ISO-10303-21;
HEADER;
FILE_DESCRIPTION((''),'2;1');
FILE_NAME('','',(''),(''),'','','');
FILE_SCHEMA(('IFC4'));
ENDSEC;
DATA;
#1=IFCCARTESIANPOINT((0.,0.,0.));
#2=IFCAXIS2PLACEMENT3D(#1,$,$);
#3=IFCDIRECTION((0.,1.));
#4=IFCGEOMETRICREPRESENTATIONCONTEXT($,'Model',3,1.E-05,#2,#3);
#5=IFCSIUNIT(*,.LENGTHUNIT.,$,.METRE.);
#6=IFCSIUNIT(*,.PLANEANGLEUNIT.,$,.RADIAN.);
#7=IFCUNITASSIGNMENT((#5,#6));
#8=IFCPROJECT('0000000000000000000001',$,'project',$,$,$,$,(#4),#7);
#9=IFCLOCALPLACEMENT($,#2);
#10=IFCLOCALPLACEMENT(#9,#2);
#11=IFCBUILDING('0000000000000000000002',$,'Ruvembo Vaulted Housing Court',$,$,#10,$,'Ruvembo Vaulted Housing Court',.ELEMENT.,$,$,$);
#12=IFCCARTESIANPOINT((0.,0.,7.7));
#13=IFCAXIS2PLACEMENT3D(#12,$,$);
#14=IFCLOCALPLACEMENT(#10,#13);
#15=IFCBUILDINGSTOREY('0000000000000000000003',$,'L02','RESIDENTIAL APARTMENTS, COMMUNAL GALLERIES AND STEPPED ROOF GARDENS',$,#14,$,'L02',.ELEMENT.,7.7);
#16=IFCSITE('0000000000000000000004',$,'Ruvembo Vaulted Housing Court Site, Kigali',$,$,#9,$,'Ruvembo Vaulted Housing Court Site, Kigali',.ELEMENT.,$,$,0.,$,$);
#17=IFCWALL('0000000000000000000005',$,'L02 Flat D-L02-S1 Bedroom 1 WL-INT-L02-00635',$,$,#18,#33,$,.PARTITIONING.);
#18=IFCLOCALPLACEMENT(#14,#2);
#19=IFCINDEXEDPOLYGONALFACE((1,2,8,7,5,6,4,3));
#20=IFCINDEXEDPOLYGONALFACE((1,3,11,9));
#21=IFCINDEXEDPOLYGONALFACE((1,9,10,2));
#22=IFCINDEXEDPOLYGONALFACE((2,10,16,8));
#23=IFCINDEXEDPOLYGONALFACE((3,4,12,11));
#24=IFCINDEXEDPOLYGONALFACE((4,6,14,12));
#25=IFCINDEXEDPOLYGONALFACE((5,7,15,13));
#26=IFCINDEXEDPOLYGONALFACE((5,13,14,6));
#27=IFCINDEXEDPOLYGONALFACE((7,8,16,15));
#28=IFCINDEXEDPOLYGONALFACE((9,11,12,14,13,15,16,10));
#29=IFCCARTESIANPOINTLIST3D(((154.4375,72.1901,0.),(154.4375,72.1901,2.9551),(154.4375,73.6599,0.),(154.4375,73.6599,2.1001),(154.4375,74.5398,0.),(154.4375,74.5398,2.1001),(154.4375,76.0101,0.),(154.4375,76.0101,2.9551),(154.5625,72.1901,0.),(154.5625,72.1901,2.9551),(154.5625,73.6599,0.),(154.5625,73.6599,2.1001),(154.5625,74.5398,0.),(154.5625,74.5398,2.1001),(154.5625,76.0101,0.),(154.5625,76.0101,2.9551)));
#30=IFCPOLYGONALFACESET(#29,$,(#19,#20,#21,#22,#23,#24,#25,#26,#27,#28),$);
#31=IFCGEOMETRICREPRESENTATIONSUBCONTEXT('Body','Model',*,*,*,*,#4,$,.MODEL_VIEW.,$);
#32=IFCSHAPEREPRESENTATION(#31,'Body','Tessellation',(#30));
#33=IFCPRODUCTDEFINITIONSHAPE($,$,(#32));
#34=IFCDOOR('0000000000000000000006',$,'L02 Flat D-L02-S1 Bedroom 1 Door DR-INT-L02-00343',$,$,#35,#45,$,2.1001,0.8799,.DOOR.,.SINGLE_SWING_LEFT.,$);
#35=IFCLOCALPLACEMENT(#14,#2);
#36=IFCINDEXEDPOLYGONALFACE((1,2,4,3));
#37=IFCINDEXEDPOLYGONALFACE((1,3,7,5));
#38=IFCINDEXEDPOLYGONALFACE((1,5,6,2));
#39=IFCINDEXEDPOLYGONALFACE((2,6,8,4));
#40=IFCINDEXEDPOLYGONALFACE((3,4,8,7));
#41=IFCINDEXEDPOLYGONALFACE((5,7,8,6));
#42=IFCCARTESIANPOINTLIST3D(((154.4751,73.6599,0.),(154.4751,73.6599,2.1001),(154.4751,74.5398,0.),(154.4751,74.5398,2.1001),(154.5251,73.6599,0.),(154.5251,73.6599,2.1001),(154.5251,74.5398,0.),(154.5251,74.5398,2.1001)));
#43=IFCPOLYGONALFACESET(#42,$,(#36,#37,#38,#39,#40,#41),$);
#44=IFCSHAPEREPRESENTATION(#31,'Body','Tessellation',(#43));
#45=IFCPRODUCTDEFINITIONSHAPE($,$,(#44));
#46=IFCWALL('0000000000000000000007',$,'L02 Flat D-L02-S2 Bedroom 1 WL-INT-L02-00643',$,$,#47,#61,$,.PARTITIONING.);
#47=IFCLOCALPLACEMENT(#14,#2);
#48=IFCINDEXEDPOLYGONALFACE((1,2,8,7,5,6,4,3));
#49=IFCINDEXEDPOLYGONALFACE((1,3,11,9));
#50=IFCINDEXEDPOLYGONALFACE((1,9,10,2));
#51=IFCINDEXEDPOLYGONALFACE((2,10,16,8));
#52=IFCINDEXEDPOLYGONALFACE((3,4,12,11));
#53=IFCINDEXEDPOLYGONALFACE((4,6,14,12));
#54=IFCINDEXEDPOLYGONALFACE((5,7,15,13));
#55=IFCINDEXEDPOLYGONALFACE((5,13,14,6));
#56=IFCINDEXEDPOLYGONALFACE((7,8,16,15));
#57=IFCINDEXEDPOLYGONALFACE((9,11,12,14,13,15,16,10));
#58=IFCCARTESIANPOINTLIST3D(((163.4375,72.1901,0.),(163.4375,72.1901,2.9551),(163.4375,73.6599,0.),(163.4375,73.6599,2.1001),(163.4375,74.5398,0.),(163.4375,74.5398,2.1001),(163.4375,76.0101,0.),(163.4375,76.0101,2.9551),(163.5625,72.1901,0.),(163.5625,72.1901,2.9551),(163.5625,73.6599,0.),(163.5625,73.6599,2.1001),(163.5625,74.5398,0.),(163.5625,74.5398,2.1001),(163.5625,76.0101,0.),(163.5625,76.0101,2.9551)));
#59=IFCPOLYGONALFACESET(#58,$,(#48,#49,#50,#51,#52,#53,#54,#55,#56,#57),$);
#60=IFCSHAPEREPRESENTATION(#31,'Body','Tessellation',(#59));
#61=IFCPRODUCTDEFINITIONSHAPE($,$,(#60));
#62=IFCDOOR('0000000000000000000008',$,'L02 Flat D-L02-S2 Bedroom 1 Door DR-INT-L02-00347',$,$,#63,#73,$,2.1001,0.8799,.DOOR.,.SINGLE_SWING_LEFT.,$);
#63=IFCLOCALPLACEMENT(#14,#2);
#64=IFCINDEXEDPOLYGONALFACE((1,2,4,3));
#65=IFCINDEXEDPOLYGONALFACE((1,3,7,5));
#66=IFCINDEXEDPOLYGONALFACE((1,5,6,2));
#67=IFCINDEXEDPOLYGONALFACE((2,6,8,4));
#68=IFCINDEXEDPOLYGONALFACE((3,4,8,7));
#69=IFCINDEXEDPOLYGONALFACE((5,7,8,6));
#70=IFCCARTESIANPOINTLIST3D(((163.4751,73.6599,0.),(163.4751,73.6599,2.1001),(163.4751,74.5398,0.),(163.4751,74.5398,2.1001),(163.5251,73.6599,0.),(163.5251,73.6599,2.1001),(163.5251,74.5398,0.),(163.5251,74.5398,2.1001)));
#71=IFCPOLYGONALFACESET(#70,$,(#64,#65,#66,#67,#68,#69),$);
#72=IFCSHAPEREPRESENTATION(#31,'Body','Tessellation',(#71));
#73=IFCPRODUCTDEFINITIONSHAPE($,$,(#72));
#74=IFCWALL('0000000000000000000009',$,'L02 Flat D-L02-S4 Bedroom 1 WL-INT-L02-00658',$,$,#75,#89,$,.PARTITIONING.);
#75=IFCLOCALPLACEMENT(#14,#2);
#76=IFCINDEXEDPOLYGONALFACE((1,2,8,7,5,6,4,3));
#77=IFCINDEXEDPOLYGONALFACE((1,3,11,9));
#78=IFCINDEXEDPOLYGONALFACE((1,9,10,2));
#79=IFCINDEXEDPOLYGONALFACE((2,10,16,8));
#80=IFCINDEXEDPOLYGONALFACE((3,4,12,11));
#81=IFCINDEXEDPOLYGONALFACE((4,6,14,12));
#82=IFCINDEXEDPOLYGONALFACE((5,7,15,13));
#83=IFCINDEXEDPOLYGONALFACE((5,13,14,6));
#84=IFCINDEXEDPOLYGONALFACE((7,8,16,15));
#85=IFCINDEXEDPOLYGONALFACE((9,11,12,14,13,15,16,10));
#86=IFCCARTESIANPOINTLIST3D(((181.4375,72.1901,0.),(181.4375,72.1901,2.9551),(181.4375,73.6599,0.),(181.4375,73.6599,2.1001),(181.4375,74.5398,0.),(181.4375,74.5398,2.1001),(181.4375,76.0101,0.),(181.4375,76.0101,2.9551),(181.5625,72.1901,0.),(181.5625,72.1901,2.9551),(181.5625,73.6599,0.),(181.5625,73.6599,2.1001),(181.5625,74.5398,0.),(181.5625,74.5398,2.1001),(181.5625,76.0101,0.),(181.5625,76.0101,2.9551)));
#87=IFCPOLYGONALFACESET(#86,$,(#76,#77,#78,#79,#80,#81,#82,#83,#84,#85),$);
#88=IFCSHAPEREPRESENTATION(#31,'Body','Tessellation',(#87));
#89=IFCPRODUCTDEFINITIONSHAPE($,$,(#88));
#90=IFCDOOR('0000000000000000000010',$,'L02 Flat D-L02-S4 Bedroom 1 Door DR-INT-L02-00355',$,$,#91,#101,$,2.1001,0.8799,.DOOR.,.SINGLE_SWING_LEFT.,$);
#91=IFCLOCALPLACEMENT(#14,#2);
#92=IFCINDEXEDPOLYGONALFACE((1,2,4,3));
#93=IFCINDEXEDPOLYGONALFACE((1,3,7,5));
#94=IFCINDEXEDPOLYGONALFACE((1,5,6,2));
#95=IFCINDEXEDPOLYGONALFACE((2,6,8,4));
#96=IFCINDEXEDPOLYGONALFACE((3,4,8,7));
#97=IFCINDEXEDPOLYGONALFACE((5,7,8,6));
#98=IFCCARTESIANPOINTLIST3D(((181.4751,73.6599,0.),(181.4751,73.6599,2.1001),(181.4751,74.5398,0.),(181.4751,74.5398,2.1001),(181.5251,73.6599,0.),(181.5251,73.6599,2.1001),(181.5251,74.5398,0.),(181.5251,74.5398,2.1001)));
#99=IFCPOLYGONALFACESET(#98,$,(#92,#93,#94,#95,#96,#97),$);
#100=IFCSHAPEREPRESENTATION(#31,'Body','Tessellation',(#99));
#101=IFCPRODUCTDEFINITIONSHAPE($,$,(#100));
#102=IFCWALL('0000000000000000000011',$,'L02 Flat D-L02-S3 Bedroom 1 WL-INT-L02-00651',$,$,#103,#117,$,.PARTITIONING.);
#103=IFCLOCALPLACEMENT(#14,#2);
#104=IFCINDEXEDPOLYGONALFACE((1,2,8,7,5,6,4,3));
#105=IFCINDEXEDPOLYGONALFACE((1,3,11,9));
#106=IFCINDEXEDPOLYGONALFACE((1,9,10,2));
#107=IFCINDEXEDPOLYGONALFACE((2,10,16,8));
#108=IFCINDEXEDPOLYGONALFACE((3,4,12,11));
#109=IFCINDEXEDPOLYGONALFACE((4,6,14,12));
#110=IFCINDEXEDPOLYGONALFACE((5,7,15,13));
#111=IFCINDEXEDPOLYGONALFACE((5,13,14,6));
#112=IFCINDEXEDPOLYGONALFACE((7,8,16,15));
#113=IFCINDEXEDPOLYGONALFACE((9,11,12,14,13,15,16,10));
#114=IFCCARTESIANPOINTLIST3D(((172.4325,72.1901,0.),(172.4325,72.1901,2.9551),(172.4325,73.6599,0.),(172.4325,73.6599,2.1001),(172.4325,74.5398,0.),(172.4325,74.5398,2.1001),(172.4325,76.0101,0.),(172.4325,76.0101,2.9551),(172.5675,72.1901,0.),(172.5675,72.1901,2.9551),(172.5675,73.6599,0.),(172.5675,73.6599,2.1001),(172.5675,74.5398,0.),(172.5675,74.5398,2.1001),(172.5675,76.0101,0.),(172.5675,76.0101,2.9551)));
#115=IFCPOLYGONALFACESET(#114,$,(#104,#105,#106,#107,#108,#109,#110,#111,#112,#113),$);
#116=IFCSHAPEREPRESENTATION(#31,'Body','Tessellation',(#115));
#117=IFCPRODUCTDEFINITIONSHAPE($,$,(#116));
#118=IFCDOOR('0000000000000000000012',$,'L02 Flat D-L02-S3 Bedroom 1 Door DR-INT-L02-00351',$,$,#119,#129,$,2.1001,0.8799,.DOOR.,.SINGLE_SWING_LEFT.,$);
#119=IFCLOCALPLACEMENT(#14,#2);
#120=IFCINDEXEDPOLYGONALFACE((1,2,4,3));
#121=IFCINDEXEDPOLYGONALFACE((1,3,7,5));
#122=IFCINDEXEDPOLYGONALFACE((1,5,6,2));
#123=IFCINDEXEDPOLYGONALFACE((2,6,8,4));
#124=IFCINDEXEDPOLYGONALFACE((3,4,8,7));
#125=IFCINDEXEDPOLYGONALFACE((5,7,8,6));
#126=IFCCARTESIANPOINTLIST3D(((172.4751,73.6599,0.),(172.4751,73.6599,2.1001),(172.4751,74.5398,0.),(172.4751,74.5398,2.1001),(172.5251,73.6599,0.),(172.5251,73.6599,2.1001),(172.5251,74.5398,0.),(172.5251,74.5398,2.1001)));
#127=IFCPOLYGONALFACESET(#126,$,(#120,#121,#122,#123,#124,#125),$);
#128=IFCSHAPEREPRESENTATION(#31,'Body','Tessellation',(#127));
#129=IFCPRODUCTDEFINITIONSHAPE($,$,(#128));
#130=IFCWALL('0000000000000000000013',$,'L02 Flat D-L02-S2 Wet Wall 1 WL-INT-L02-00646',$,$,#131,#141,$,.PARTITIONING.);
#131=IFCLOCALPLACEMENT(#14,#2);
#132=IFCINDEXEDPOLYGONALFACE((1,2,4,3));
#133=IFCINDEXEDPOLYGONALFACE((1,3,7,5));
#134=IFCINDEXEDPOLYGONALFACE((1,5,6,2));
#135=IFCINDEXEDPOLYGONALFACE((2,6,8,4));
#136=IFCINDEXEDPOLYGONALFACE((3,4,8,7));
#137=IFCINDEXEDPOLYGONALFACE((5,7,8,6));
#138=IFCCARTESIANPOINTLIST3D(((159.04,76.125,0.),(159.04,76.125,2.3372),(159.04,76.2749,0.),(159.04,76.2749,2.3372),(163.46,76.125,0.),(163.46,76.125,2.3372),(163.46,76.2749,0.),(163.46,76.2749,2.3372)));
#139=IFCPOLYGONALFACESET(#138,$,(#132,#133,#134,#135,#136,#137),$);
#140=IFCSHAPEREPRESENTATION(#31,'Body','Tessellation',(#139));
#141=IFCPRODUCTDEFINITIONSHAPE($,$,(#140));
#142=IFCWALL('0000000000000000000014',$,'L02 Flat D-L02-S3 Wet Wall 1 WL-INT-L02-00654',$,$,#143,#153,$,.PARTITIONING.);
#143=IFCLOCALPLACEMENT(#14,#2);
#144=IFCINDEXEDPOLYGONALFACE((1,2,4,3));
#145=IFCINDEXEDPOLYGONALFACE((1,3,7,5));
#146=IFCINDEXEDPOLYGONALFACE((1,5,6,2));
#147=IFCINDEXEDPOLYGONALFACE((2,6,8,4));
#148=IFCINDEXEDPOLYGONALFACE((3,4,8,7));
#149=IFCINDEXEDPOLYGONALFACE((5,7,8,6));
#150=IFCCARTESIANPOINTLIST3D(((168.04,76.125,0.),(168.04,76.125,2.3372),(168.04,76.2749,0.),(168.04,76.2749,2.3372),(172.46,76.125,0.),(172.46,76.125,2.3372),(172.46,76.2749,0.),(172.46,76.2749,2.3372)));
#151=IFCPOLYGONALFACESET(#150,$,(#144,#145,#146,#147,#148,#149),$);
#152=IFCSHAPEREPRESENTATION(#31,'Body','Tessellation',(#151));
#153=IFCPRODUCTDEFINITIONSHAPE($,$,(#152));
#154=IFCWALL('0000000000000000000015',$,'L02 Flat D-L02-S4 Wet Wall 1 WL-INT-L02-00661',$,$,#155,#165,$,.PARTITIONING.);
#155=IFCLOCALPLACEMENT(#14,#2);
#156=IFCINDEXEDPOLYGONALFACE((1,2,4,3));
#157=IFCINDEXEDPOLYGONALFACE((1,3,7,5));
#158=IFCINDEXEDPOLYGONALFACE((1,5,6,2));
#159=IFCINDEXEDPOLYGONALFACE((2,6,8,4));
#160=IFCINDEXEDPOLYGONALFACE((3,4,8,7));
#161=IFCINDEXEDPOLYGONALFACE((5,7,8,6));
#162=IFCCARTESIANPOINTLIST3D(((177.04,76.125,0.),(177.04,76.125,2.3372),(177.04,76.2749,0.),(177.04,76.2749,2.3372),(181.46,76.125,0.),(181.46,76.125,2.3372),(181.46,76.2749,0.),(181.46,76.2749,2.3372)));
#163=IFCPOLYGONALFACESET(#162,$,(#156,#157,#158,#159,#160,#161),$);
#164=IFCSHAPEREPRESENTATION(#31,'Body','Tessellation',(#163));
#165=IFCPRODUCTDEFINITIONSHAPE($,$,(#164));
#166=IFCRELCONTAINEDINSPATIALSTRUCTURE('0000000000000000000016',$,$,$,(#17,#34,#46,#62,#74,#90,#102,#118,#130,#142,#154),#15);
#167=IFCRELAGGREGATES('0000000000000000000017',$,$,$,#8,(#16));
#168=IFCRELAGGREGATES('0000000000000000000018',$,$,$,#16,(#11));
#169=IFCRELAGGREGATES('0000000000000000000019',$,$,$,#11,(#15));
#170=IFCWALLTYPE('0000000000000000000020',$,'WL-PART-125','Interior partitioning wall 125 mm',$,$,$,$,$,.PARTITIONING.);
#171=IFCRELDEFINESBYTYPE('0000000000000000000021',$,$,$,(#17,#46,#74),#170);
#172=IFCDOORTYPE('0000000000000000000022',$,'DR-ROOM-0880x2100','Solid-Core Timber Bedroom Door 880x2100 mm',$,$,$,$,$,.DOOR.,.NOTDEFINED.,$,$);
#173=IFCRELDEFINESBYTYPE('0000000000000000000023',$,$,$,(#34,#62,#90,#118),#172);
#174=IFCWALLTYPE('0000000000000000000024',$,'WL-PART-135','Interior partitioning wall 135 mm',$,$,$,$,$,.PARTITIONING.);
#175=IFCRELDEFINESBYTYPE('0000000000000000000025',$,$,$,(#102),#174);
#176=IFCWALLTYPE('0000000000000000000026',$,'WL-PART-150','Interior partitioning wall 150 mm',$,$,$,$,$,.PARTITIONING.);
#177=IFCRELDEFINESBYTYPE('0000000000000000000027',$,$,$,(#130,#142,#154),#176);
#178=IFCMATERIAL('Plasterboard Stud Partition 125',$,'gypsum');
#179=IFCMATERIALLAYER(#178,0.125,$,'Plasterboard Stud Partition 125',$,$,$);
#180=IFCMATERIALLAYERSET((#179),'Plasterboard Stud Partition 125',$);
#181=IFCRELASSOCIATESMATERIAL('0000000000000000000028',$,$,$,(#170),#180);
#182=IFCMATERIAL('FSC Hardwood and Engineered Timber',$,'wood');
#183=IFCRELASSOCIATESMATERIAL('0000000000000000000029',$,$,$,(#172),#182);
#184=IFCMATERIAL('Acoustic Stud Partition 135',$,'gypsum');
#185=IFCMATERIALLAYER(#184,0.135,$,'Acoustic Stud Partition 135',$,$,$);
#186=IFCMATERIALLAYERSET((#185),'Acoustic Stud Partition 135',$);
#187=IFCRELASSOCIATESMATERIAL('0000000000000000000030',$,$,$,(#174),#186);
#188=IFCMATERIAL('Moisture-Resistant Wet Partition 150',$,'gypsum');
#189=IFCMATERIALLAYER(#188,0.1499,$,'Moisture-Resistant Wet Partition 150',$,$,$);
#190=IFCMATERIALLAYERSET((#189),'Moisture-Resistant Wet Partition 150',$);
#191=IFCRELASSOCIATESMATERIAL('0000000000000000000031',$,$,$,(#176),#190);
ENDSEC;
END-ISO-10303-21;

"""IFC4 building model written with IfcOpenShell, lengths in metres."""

from ifc_helpers import new_model, si_unit, direction, frame, frame_2d, origin, place, context, subcontext, project, spatial, rectangle, extrude, material, layer, layer_set, type_object, element, fill, save


model = new_model("IFC4")

# Units and contexts
model_context = context("Model", 3, precision=1e-05, world=origin(), true_north=direction((0.0, 1.0)))
body_context = subcontext(model_context, "Body", "Model", "MODEL_VIEW")
ifc_project = project(units=[si_unit("LENGTHUNIT", "METRE"), si_unit("PLANEANGLEUNIT", "RADIAN")], contexts=[model_context])

# Site, building, storey
site_placement = place(None, origin())
site = spatial("IfcSite", under=ifc_project, at=site_placement, Name="Ruvembo Vaulted Housing Court Site, Kigali", LongName="Ruvembo Vaulted Housing Court Site, Kigali", CompositionType="ELEMENT", RefElevation=0.0)
building_placement = place(site_placement, origin())
building = spatial("IfcBuilding", under=site, at=building_placement, Name="Ruvembo Vaulted Housing Court", LongName="Ruvembo Vaulted Housing Court", CompositionType="ELEMENT")
storey_placement = place(building_placement, frame((0.0, 0.0, 7.7)))
storey = spatial("IfcBuildingStorey", under=building, at=storey_placement, Name="L02", Description="RESIDENTIAL APARTMENTS, COMMUNAL GALLERIES AND STEPPED ROOF GARDENS", LongName="L02", CompositionType="ELEMENT", Elevation=7.7)

# Walls, openings, doors
ifc_material_1 = material(Name="Plasterboard Stud Partition 125", Category="gypsum")
ifc_layer_1 = layer(ifc_material_1, 0.125, Name="Plasterboard Stud Partition 125")
ifc_layer_set_1 = layer_set([ifc_layer_1], Name="Plasterboard Stud Partition 125")
wall_type_1 = type_object("IfcWallType", Name="WL-PART-125", Description="Interior partitioning wall 125 mm", PredefinedType="PARTITIONING", material=ifc_layer_set_1)
wall_1_placement = place(storey_placement, frame((154.5, 72.1899, 0.0), z_axis=(0.0, 0.0, 1.0), x_axis=(0.0, 1.0, 0.0)))
wall_1 = element("IfcWall", 1, at=wall_1_placement, inside=storey, type_object=wall_type_1, Name="L02 Flat D-L02-S1 Bedroom 1 WL-INT-L02-00635", PredefinedType="PARTITIONING", context=body_context, shape_type="SweptSolid", body=[
    extrude(rectangle(XDim=3.8201, YDim=0.125, at=frame_2d((1.9102, 0.0))), origin(), (0.0, 0.0, 1.0), 2.9551),
])
opening_1_placement = place(wall_1_placement, frame((1.47, 0.0, 0.0)))
opening_1 = element("IfcOpeningElement", 2, at=opening_1_placement, cuts=wall_1, PredefinedType="OPENING", context=body_context, shape_type="SweptSolid", body=[
    extrude(rectangle(XDim=0.8799, YDim=2.1001, at=frame_2d((0.4399, 1.05))), frame((0.0, 0.0725, 0.0), z_axis=(0.0, -1.0, 0.0), x_axis=(1.0, 0.0, 0.0)), (0.0, 0.0, 1.0), 0.145),
])
ifc_material_2 = material(Name="FSC Hardwood and Engineered Timber", Category="wood")
door_type_1 = type_object("IfcDoorType", Name="DR-ROOM-0880x2100", Description="Solid-Core Timber Bedroom Door 880x2100 mm", OperationType="NOTDEFINED", PredefinedType="DOOR", material=ifc_material_2)
door_1_placement = place(opening_1_placement, origin())
door_1 = element("IfcDoor", 3, at=door_1_placement, inside=storey, type_object=door_type_1, Name="L02 Flat D-L02-S1 Bedroom 1 Door DR-INT-L02-00343", OperationType="SINGLE_SWING_LEFT", OverallHeight=2.1001, OverallWidth=0.8799, PredefinedType="DOOR", context=body_context, shape_type="SweptSolid", body=[
    extrude(rectangle(XDim=0.8799, YDim=2.1001, at=frame_2d((0.4399, 1.05))), frame((0.0, 0.0249, 0.0), z_axis=(0.0, -1.0, 0.0), x_axis=(1.0, 0.0, 0.0)), (0.0, 0.0, 1.0), 0.05),
])
fill(opening_1, door_1)
wall_2_placement = place(storey_placement, frame((163.5, 72.1899, 0.0), z_axis=(0.0, 0.0, 1.0), x_axis=(0.0, 1.0, 0.0)))
wall_2 = element("IfcWall", 4, at=wall_2_placement, inside=storey, type_object=wall_type_1, Name="L02 Flat D-L02-S2 Bedroom 1 WL-INT-L02-00643", PredefinedType="PARTITIONING", context=body_context, shape_type="SweptSolid", body=[
    extrude(rectangle(XDim=3.8201, YDim=0.125, at=frame_2d((1.9102, 0.0))), origin(), (0.0, 0.0, 1.0), 2.9551),
])
opening_2_placement = place(wall_2_placement, frame((1.47, 0.0, 0.0)))
opening_2 = element("IfcOpeningElement", 5, at=opening_2_placement, cuts=wall_2, PredefinedType="OPENING", context=body_context, shape_type="SweptSolid", body=[
    extrude(rectangle(XDim=0.8799, YDim=2.1001, at=frame_2d((0.4399, 1.05))), frame((0.0, 0.0725, 0.0), z_axis=(0.0, -1.0, 0.0), x_axis=(1.0, 0.0, 0.0)), (0.0, 0.0, 1.0), 0.145),
])
door_2_placement = place(opening_2_placement, origin())
door_2 = element("IfcDoor", 6, at=door_2_placement, inside=storey, type_object=door_type_1, Name="L02 Flat D-L02-S2 Bedroom 1 Door DR-INT-L02-00347", OperationType="SINGLE_SWING_LEFT", OverallHeight=2.1001, OverallWidth=0.8799, PredefinedType="DOOR", context=body_context, shape_type="SweptSolid", body=[
    extrude(rectangle(XDim=0.8799, YDim=2.1001, at=frame_2d((0.4399, 1.05))), frame((0.0, 0.0249, 0.0), z_axis=(0.0, -1.0, 0.0), x_axis=(1.0, 0.0, 0.0)), (0.0, 0.0, 1.0), 0.05),
])
fill(opening_2, door_2)
wall_3_placement = place(storey_placement, frame((181.5, 72.1899, 0.0), z_axis=(0.0, 0.0, 1.0), x_axis=(0.0, 1.0, 0.0)))
wall_3 = element("IfcWall", 7, at=wall_3_placement, inside=storey, type_object=wall_type_1, Name="L02 Flat D-L02-S4 Bedroom 1 WL-INT-L02-00658", PredefinedType="PARTITIONING", context=body_context, shape_type="SweptSolid", body=[
    extrude(rectangle(XDim=3.8201, YDim=0.125, at=frame_2d((1.9102, 0.0))), origin(), (0.0, 0.0, 1.0), 2.9551),
])
opening_3_placement = place(wall_3_placement, frame((1.47, 0.0, 0.0)))
opening_3 = element("IfcOpeningElement", 8, at=opening_3_placement, cuts=wall_3, PredefinedType="OPENING", context=body_context, shape_type="SweptSolid", body=[
    extrude(rectangle(XDim=0.8799, YDim=2.1001, at=frame_2d((0.4399, 1.05))), frame((0.0, 0.0725, 0.0), z_axis=(0.0, -1.0, 0.0), x_axis=(1.0, 0.0, 0.0)), (0.0, 0.0, 1.0), 0.145),
])
door_3_placement = place(opening_3_placement, origin())
door_3 = element("IfcDoor", 9, at=door_3_placement, inside=storey, type_object=door_type_1, Name="L02 Flat D-L02-S4 Bedroom 1 Door DR-INT-L02-00355", OperationType="SINGLE_SWING_LEFT", OverallHeight=2.1001, OverallWidth=0.8799, PredefinedType="DOOR", context=body_context, shape_type="SweptSolid", body=[
    extrude(rectangle(XDim=0.8799, YDim=2.1001, at=frame_2d((0.4399, 1.05))), frame((0.0, 0.0249, 0.0), z_axis=(0.0, -1.0, 0.0), x_axis=(1.0, 0.0, 0.0)), (0.0, 0.0, 1.0), 0.05),
])
fill(opening_3, door_3)
ifc_material_3 = material(Name="Acoustic Stud Partition 135", Category="gypsum")
ifc_layer_2 = layer(ifc_material_3, 0.135, Name="Acoustic Stud Partition 135")
ifc_layer_set_2 = layer_set([ifc_layer_2], Name="Acoustic Stud Partition 135")
wall_type_2 = type_object("IfcWallType", Name="WL-PART-135", Description="Interior partitioning wall 135 mm", PredefinedType="PARTITIONING", material=ifc_layer_set_2)
wall_4_placement = place(storey_placement, frame((172.5, 72.1899, 0.0), z_axis=(0.0, 0.0, 1.0), x_axis=(0.0, 1.0, 0.0)))
wall_4 = element("IfcWall", 10, at=wall_4_placement, inside=storey, type_object=wall_type_2, Name="L02 Flat D-L02-S3 Bedroom 1 WL-INT-L02-00651", PredefinedType="PARTITIONING", context=body_context, shape_type="SweptSolid", body=[
    extrude(rectangle(XDim=3.8201, YDim=0.135, at=frame_2d((1.9102, 0.0))), origin(), (0.0, 0.0, 1.0), 2.9551),
])
opening_4_placement = place(wall_4_placement, frame((1.47, 0.0, 0.0)))
opening_4 = element("IfcOpeningElement", 11, at=opening_4_placement, cuts=wall_4, PredefinedType="OPENING", context=body_context, shape_type="SweptSolid", body=[
    extrude(rectangle(XDim=0.8799, YDim=2.1001, at=frame_2d((0.4399, 1.05))), frame((0.0, 0.0774, 0.0), z_axis=(0.0, -1.0, 0.0), x_axis=(1.0, 0.0, 0.0)), (0.0, 0.0, 1.0), 0.155),
])
door_4_placement = place(opening_4_placement, origin())
door_4 = element("IfcDoor", 12, at=door_4_placement, inside=storey, type_object=door_type_1, Name="L02 Flat D-L02-S3 Bedroom 1 Door DR-INT-L02-00351", OperationType="SINGLE_SWING_LEFT", OverallHeight=2.1001, OverallWidth=0.8799, PredefinedType="DOOR", context=body_context, shape_type="SweptSolid", body=[
    extrude(rectangle(XDim=0.8799, YDim=2.1001, at=frame_2d((0.4399, 1.05))), frame((0.0, 0.0249, 0.0), z_axis=(0.0, -1.0, 0.0), x_axis=(1.0, 0.0, 0.0)), (0.0, 0.0, 1.0), 0.05),
])
fill(opening_4, door_4)

# Walls
ifc_material_4 = material(Name="Moisture-Resistant Wet Partition 150", Category="gypsum")
ifc_layer_3 = layer(ifc_material_4, 0.1499, Name="Moisture-Resistant Wet Partition 150")
ifc_layer_set_3 = layer_set([ifc_layer_3], Name="Moisture-Resistant Wet Partition 150")
wall_type_3 = type_object("IfcWallType", Name="WL-PART-150", Description="Interior partitioning wall 150 mm", PredefinedType="PARTITIONING", material=ifc_layer_set_3)
for number, where, z_axis, x_axis, name in (
    (13, (159.04, 76.2, 0.0), (0.0, 0.0, 1.0), (1.0, 0.0, 0.0), "L02 Flat D-L02-S2 Wet Wall 1 WL-INT-L02-00646"),
    (14, (168.04, 76.2, 0.0), (0.0, 0.0, 1.0), (1.0, 0.0, 0.0), "L02 Flat D-L02-S3 Wet Wall 1 WL-INT-L02-00654"),
    (15, (177.04, 76.2, 0.0), (0.0, 0.0, 1.0), (1.0, 0.0, 0.0), "L02 Flat D-L02-S4 Wet Wall 1 WL-INT-L02-00661"),
):
    element("IfcWall", number, at=place(storey_placement, frame(where, z_axis=z_axis, x_axis=x_axis)), inside=storey, type_object=wall_type_3, Name=name, PredefinedType="PARTITIONING", context=body_context, shape_type="SweptSolid", body=[
        extrude(rectangle(XDim=4.4199, YDim=0.1499, at=frame_2d((2.21, 0.0))), origin(), (0.0, 0.0, 1.0), 2.3372),
    ])

save(model, "model.ifc")
